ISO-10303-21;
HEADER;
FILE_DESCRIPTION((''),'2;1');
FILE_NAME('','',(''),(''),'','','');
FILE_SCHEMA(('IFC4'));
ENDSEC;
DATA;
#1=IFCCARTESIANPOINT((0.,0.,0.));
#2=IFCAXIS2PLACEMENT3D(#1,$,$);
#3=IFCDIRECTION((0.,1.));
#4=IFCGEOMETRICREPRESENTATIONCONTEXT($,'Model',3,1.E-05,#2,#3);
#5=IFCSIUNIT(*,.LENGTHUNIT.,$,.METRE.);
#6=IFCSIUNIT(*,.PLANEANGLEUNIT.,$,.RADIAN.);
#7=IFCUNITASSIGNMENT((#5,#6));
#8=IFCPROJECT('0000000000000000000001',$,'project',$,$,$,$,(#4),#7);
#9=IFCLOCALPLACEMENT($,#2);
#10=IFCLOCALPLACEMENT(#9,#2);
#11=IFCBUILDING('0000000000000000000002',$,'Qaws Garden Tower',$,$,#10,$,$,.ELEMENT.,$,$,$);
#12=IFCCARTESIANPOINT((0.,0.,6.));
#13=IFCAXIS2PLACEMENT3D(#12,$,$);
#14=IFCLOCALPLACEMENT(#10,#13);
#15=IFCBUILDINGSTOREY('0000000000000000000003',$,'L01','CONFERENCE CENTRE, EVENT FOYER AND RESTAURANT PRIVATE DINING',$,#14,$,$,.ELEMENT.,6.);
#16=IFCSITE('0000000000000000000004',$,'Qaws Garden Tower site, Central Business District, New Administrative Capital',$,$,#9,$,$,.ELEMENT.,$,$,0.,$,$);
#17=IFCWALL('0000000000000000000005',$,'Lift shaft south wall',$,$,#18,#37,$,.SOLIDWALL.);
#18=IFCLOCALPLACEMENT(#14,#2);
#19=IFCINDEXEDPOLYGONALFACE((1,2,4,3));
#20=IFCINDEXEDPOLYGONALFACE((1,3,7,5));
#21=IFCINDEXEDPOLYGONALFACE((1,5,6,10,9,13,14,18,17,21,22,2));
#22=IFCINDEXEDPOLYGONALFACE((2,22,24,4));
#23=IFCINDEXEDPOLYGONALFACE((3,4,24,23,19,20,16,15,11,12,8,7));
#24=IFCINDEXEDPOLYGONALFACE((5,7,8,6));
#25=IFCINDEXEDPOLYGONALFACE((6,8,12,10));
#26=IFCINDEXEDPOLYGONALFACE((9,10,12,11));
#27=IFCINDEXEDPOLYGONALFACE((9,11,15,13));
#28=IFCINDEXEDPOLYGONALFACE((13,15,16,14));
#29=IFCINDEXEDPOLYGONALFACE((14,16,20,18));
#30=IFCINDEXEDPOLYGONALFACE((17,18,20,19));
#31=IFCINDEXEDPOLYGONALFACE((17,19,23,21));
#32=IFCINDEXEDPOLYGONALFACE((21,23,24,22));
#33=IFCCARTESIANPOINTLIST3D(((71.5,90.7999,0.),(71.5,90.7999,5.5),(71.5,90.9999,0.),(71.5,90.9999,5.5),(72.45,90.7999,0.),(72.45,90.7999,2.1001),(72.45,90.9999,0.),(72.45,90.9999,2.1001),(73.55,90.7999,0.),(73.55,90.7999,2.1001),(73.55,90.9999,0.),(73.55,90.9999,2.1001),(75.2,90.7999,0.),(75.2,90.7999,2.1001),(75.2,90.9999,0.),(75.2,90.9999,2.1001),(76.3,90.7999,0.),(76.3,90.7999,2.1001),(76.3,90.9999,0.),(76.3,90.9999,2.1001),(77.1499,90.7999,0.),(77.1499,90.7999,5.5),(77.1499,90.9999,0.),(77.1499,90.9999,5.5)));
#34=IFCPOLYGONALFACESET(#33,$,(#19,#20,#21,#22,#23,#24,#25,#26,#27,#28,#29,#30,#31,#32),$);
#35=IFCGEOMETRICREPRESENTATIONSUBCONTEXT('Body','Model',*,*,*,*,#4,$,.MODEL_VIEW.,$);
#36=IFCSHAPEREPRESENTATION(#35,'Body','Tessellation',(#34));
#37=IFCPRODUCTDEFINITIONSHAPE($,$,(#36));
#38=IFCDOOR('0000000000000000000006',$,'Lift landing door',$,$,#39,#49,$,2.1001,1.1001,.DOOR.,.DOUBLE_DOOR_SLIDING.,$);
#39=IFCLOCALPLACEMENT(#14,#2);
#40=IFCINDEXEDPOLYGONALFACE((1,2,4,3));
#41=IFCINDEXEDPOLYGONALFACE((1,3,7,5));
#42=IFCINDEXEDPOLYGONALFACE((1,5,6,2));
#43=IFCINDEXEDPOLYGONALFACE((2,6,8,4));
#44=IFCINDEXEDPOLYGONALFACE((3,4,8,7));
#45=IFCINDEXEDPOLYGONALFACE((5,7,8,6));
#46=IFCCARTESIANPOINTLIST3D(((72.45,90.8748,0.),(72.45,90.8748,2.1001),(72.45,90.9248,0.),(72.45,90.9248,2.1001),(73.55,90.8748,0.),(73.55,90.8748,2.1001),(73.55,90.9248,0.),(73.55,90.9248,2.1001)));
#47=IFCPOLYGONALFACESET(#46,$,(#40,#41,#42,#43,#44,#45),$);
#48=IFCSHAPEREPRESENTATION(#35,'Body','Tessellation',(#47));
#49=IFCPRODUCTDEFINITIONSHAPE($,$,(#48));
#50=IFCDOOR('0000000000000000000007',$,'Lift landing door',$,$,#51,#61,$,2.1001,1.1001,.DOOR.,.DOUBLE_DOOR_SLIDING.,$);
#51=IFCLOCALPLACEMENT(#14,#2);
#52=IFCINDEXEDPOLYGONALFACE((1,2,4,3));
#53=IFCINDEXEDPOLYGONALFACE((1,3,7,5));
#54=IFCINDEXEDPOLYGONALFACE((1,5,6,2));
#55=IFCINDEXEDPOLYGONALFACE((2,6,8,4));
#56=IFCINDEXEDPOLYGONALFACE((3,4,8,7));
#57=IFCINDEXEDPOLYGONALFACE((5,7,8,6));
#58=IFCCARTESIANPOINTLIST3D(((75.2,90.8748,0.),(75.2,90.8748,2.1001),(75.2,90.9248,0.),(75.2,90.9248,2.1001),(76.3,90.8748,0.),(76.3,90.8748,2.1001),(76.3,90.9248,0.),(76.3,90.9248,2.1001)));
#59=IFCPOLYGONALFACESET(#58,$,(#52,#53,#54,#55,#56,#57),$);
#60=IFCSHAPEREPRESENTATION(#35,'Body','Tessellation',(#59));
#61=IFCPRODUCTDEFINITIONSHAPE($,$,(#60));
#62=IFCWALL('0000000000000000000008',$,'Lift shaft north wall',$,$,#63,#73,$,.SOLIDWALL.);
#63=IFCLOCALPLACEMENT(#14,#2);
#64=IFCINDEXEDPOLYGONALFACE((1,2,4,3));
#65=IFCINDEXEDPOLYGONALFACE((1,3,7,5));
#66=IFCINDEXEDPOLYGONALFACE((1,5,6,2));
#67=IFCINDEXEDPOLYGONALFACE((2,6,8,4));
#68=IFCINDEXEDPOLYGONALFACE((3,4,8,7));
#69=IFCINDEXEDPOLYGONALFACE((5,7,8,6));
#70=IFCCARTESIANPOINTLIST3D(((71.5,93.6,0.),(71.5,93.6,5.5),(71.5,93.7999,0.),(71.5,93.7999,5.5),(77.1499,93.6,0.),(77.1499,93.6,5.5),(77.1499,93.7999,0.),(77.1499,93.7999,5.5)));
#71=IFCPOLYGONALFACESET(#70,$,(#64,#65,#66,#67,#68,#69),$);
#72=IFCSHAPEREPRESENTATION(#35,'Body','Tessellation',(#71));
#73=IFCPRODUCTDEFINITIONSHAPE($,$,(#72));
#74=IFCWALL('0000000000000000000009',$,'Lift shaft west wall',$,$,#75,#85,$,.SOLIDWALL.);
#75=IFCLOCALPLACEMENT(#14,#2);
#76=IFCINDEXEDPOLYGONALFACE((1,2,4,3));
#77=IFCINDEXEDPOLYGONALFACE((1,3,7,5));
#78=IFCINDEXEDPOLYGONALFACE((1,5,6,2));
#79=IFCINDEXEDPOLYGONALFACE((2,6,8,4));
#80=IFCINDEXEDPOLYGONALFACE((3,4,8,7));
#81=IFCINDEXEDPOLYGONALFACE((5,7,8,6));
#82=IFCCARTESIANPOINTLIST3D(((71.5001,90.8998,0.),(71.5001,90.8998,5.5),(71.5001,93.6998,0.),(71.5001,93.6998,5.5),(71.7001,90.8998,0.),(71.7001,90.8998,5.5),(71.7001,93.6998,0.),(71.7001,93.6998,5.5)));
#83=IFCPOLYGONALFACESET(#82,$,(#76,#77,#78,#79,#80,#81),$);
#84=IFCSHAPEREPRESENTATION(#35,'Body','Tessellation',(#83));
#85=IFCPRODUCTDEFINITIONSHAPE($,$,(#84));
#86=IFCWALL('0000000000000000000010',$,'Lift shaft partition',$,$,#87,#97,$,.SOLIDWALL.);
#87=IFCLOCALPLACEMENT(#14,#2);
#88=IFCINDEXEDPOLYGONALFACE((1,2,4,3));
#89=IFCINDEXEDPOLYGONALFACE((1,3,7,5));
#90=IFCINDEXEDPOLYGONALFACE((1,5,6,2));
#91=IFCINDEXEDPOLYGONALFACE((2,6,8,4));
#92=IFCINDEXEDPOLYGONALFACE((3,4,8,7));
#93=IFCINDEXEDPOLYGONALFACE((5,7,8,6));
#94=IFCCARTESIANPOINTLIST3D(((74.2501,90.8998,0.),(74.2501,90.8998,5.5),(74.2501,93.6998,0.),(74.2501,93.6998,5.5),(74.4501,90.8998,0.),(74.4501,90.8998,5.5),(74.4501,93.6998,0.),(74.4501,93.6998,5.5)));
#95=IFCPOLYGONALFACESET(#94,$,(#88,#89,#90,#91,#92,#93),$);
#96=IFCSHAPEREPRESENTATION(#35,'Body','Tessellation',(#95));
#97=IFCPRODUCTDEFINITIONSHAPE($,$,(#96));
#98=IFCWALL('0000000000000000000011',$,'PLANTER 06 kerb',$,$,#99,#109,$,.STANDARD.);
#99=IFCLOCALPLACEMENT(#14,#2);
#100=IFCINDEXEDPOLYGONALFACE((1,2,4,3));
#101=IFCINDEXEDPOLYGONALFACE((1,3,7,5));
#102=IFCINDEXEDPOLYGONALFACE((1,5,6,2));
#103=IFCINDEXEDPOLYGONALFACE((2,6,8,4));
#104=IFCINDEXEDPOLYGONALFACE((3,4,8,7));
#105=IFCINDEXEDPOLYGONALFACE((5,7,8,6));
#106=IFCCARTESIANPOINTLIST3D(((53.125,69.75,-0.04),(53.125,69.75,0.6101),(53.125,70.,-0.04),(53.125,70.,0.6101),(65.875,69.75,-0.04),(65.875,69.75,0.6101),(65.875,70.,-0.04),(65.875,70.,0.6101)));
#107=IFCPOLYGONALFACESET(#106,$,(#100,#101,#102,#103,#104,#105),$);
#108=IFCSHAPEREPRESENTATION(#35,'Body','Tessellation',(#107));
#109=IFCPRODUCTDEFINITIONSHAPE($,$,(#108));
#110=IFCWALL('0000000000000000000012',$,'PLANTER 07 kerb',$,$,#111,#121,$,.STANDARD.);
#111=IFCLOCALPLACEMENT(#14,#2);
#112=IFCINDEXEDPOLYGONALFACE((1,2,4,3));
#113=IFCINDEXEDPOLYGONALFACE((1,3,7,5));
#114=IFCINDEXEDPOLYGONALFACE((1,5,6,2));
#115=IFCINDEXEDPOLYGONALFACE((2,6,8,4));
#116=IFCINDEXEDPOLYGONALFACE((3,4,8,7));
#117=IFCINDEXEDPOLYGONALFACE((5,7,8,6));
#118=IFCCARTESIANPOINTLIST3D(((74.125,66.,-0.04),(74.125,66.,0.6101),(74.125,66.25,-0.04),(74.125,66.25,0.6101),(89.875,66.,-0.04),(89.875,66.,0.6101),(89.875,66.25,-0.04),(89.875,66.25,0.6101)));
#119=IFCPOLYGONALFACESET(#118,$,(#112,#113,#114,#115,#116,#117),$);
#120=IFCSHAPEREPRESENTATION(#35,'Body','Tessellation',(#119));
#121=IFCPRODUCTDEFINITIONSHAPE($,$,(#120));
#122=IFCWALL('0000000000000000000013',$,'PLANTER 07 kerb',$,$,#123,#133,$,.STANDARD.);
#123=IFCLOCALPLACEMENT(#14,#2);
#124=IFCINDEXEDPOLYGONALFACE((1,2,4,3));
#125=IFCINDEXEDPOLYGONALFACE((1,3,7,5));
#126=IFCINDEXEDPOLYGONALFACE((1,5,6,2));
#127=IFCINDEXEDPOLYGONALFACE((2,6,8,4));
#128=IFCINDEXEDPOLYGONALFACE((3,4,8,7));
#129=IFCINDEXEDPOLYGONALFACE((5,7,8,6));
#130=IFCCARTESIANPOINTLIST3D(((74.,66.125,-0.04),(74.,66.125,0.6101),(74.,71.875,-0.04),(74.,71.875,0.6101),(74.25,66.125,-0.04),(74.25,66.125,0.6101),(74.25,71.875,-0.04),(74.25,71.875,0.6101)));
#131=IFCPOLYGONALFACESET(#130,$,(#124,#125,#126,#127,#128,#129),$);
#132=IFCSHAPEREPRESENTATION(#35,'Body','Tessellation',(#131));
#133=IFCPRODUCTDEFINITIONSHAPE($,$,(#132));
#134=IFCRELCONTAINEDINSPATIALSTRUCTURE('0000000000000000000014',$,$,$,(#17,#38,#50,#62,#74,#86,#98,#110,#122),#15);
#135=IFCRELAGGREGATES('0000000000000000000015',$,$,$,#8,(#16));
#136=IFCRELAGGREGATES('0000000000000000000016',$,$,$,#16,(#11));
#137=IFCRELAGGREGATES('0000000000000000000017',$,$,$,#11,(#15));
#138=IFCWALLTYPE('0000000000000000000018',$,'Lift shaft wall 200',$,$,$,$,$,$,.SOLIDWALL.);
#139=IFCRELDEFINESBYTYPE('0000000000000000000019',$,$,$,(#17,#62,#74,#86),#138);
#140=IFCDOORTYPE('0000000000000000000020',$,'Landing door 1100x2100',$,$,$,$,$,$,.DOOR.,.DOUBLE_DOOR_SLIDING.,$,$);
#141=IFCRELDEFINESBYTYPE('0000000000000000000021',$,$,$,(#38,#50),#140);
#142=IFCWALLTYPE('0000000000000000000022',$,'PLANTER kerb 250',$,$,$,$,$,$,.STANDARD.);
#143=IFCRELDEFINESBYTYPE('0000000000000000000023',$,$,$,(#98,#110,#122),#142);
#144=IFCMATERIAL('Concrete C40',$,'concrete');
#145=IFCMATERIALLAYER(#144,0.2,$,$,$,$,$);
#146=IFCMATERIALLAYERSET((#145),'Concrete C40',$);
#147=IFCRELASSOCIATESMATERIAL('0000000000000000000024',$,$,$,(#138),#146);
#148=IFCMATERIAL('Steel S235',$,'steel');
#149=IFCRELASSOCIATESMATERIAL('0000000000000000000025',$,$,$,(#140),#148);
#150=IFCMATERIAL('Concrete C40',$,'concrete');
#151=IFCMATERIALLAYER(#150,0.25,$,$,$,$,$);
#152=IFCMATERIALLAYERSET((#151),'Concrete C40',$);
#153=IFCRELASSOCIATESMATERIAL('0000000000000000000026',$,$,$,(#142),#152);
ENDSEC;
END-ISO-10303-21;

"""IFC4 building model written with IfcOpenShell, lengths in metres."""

from ifc_helpers import new_model, si_unit, direction, frame, frame_2d, origin, place, context, subcontext, project, spatial, rectangle, extrude, material, layer, layer_set, type_object, element, fill, save


model = new_model("IFC4")

# Units and contexts
model_context = context("Model", 3, precision=1e-05, world=origin(), true_north=direction((0.0, 1.0)))
body_context = subcontext(model_context, "Body", "Model", "MODEL_VIEW")
ifc_project = project(units=[si_unit("LENGTHUNIT", "METRE"), si_unit("PLANEANGLEUNIT", "RADIAN")], contexts=[model_context])

# Site, building, storey
site_placement = place(None, origin())
site = spatial("IfcSite", under=ifc_project, at=site_placement, Name="Qaws Garden Tower site, Central Business District, New Administrative Capital", CompositionType="ELEMENT", RefElevation=0.0)
building_placement = place(site_placement, origin())
building = spatial("IfcBuilding", under=site, at=building_placement, Name="Qaws Garden Tower", CompositionType="ELEMENT")
storey_placement = place(building_placement, frame((0.0, 0.0, 6.0)))
storey = spatial("IfcBuildingStorey", under=building, at=storey_placement, Name="L01", Description="CONFERENCE CENTRE, EVENT FOYER AND RESTAURANT PRIVATE DINING", CompositionType="ELEMENT", Elevation=6.0)

# Wall, openings, doors
ifc_material_1 = material(Name="Concrete C40", Category="concrete")
ifc_layer_1 = layer(ifc_material_1, 0.2)
ifc_layer_set_1 = layer_set([ifc_layer_1], Name="Concrete C40")
wall_type_1 = type_object("IfcWallType", Name="Lift shaft wall 200", PredefinedType="SOLIDWALL", material=ifc_layer_set_1)
wall_1_placement = place(storey_placement, frame((71.5, 90.8999, 0.0), z_axis=(0.0, 0.0, 1.0), x_axis=(1.0, 0.0, 0.0)))
wall_1 = element("IfcWall", 1, at=wall_1_placement, inside=storey, type_object=wall_type_1, Name="Lift shaft south wall", PredefinedType="SOLIDWALL", context=body_context, shape_type="SweptSolid", body=[
    extrude(rectangle(XDim=5.6499, YDim=0.2, at=frame_2d((2.825, 0.0))), origin(), (0.0, 0.0, 1.0), 5.5),
])
opening_1_placement = place(wall_1_placement, frame((0.95, 0.0, 0.0)))
opening_1 = element("IfcOpeningElement", 2, at=opening_1_placement, cuts=wall_1, PredefinedType="OPENING", context=body_context, shape_type="SweptSolid", body=[
    extrude(rectangle(XDim=1.1001, YDim=2.1001, at=frame_2d((0.55, 1.05))), frame((0.0, 0.1099, 0.0), z_axis=(0.0, -1.0, 0.0), x_axis=(1.0, 0.0, 0.0)), (0.0, 0.0, 1.0), 0.22),
])
opening_2_placement = place(wall_1_placement, frame((3.7, 0.0, 0.0)))
opening_2 = element("IfcOpeningElement", 3, at=opening_2_placement, cuts=wall_1, PredefinedType="OPENING", context=body_context, shape_type="SweptSolid", body=[
    extrude(rectangle(XDim=1.1001, YDim=2.1001, at=frame_2d((0.55, 1.05))), frame((0.0, 0.1099, 0.0), z_axis=(0.0, -1.0, 0.0), x_axis=(1.0, 0.0, 0.0)), (0.0, 0.0, 1.0), 0.22),
])
ifc_material_2 = material(Name="Steel S235", Category="steel")
door_type = type_object("IfcDoorType", Name="Landing door 1100x2100", OperationType="DOUBLE_DOOR_SLIDING", PredefinedType="DOOR", material=ifc_material_2)
door_1_placement = place(opening_1_placement, origin())
door_1 = element("IfcDoor", 4, at=door_1_placement, inside=storey, type_object=door_type, Name="Lift landing door", OperationType="DOUBLE_DOOR_SLIDING", OverallHeight=2.1001, OverallWidth=1.1001, PredefinedType="DOOR", context=body_context, shape_type="SweptSolid", body=[
    extrude(rectangle(XDim=1.1001, YDim=2.1001, at=frame_2d((0.55, 1.05))), frame((0.0, 0.0249, 0.0), z_axis=(0.0, -1.0, 0.0), x_axis=(1.0, 0.0, 0.0)), (0.0, 0.0, 1.0), 0.05),
])
fill(opening_1, door_1)
door_2_placement = place(opening_2_placement, origin())
door_2 = element("IfcDoor", 5, at=door_2_placement, inside=storey, type_object=door_type, Name="Lift landing door", OperationType="DOUBLE_DOOR_SLIDING", OverallHeight=2.1001, OverallWidth=1.1001, PredefinedType="DOOR", context=body_context, shape_type="SweptSolid", body=[
    extrude(rectangle(XDim=1.1001, YDim=2.1001, at=frame_2d((0.55, 1.05))), frame((0.0, 0.0249, 0.0), z_axis=(0.0, -1.0, 0.0), x_axis=(1.0, 0.0, 0.0)), (0.0, 0.0, 1.0), 0.05),
])
fill(opening_2, door_2)

# Walls
wall_2_placement = place(storey_placement, frame((71.5, 93.7, 0.0), z_axis=(0.0, 0.0, 1.0), x_axis=(1.0, 0.0, 0.0)))
element("IfcWall", 6, at=wall_2_placement, inside=storey, type_object=wall_type_1, Name="Lift shaft north wall", PredefinedType="SOLIDWALL", context=body_context, shape_type="SweptSolid", body=[
    extrude(rectangle(XDim=5.6499, YDim=0.2, at=frame_2d((2.825, 0.0))), origin(), (0.0, 0.0, 1.0), 5.5),
])
for number, where, z_axis, x_axis, name in (
    (7, (71.6001, 90.8999, 0.0), (0.0, 0.0, 1.0), (0.0, 1.0, 0.0), "Lift shaft west wall"),
    (8, (74.3501, 90.8999, 0.0), (0.0, 0.0, 1.0), (0.0, 1.0, 0.0), "Lift shaft partition"),
):
    element("IfcWall", number, at=place(storey_placement, frame(where, z_axis=z_axis, x_axis=x_axis)), inside=storey, type_object=wall_type_1, Name=name, PredefinedType="SOLIDWALL", context=body_context, shape_type="SweptSolid", body=[
        extrude(rectangle(XDim=2.8, YDim=0.2, at=frame_2d((1.3999, 0.0))), origin(), (0.0, 0.0, 1.0), 5.5),
    ])
ifc_material_3 = material(Name="Concrete C40", Category="concrete")
ifc_layer_2 = layer(ifc_material_3, 0.25)
ifc_layer_set_2 = layer_set([ifc_layer_2], Name="Concrete C40")
wall_type_2 = type_object("IfcWallType", Name="PLANTER kerb 250", PredefinedType="STANDARD", material=ifc_layer_set_2)
wall_3_placement = place(storey_placement, frame((65.875, 69.875, -0.04), z_axis=(0.0, 0.0, 1.0), x_axis=(-1.0, 0.0, 0.0)))
element("IfcWall", 9, at=wall_3_placement, inside=storey, type_object=wall_type_2, Name="PLANTER 06 kerb", PredefinedType="STANDARD", context=body_context, shape_type="SweptSolid", body=[
    extrude(rectangle(XDim=12.75, YDim=0.25, at=frame_2d((6.375, 0.0))), origin(), (0.0, 0.0, 1.0), 0.6501),
])
wall_4_placement = place(storey_placement, frame((74.125, 66.125, -0.04), z_axis=(0.0, 0.0, 1.0), x_axis=(1.0, 0.0, 0.0)))
element("IfcWall", 10, at=wall_4_placement, inside=storey, type_object=wall_type_2, Name="PLANTER 07 kerb", PredefinedType="STANDARD", context=body_context, shape_type="SweptSolid", body=[
    extrude(rectangle(XDim=15.75, YDim=0.25, at=frame_2d((7.875, 0.0))), origin(), (0.0, 0.0, 1.0), 0.6501),
])
wall_5_placement = place(storey_placement, frame((74.125, 71.875, -0.04), z_axis=(0.0, 0.0, 1.0), x_axis=(0.0, -1.0, 0.0)))
element("IfcWall", 11, at=wall_5_placement, inside=storey, type_object=wall_type_2, Name="PLANTER 07 kerb", PredefinedType="STANDARD", context=body_context, shape_type="SweptSolid", body=[
    extrude(rectangle(XDim=5.75, YDim=0.25, at=frame_2d((2.875, 0.0))), origin(), (0.0, 0.0, 1.0), 0.6501),
])

save(model, "model.ifc")
